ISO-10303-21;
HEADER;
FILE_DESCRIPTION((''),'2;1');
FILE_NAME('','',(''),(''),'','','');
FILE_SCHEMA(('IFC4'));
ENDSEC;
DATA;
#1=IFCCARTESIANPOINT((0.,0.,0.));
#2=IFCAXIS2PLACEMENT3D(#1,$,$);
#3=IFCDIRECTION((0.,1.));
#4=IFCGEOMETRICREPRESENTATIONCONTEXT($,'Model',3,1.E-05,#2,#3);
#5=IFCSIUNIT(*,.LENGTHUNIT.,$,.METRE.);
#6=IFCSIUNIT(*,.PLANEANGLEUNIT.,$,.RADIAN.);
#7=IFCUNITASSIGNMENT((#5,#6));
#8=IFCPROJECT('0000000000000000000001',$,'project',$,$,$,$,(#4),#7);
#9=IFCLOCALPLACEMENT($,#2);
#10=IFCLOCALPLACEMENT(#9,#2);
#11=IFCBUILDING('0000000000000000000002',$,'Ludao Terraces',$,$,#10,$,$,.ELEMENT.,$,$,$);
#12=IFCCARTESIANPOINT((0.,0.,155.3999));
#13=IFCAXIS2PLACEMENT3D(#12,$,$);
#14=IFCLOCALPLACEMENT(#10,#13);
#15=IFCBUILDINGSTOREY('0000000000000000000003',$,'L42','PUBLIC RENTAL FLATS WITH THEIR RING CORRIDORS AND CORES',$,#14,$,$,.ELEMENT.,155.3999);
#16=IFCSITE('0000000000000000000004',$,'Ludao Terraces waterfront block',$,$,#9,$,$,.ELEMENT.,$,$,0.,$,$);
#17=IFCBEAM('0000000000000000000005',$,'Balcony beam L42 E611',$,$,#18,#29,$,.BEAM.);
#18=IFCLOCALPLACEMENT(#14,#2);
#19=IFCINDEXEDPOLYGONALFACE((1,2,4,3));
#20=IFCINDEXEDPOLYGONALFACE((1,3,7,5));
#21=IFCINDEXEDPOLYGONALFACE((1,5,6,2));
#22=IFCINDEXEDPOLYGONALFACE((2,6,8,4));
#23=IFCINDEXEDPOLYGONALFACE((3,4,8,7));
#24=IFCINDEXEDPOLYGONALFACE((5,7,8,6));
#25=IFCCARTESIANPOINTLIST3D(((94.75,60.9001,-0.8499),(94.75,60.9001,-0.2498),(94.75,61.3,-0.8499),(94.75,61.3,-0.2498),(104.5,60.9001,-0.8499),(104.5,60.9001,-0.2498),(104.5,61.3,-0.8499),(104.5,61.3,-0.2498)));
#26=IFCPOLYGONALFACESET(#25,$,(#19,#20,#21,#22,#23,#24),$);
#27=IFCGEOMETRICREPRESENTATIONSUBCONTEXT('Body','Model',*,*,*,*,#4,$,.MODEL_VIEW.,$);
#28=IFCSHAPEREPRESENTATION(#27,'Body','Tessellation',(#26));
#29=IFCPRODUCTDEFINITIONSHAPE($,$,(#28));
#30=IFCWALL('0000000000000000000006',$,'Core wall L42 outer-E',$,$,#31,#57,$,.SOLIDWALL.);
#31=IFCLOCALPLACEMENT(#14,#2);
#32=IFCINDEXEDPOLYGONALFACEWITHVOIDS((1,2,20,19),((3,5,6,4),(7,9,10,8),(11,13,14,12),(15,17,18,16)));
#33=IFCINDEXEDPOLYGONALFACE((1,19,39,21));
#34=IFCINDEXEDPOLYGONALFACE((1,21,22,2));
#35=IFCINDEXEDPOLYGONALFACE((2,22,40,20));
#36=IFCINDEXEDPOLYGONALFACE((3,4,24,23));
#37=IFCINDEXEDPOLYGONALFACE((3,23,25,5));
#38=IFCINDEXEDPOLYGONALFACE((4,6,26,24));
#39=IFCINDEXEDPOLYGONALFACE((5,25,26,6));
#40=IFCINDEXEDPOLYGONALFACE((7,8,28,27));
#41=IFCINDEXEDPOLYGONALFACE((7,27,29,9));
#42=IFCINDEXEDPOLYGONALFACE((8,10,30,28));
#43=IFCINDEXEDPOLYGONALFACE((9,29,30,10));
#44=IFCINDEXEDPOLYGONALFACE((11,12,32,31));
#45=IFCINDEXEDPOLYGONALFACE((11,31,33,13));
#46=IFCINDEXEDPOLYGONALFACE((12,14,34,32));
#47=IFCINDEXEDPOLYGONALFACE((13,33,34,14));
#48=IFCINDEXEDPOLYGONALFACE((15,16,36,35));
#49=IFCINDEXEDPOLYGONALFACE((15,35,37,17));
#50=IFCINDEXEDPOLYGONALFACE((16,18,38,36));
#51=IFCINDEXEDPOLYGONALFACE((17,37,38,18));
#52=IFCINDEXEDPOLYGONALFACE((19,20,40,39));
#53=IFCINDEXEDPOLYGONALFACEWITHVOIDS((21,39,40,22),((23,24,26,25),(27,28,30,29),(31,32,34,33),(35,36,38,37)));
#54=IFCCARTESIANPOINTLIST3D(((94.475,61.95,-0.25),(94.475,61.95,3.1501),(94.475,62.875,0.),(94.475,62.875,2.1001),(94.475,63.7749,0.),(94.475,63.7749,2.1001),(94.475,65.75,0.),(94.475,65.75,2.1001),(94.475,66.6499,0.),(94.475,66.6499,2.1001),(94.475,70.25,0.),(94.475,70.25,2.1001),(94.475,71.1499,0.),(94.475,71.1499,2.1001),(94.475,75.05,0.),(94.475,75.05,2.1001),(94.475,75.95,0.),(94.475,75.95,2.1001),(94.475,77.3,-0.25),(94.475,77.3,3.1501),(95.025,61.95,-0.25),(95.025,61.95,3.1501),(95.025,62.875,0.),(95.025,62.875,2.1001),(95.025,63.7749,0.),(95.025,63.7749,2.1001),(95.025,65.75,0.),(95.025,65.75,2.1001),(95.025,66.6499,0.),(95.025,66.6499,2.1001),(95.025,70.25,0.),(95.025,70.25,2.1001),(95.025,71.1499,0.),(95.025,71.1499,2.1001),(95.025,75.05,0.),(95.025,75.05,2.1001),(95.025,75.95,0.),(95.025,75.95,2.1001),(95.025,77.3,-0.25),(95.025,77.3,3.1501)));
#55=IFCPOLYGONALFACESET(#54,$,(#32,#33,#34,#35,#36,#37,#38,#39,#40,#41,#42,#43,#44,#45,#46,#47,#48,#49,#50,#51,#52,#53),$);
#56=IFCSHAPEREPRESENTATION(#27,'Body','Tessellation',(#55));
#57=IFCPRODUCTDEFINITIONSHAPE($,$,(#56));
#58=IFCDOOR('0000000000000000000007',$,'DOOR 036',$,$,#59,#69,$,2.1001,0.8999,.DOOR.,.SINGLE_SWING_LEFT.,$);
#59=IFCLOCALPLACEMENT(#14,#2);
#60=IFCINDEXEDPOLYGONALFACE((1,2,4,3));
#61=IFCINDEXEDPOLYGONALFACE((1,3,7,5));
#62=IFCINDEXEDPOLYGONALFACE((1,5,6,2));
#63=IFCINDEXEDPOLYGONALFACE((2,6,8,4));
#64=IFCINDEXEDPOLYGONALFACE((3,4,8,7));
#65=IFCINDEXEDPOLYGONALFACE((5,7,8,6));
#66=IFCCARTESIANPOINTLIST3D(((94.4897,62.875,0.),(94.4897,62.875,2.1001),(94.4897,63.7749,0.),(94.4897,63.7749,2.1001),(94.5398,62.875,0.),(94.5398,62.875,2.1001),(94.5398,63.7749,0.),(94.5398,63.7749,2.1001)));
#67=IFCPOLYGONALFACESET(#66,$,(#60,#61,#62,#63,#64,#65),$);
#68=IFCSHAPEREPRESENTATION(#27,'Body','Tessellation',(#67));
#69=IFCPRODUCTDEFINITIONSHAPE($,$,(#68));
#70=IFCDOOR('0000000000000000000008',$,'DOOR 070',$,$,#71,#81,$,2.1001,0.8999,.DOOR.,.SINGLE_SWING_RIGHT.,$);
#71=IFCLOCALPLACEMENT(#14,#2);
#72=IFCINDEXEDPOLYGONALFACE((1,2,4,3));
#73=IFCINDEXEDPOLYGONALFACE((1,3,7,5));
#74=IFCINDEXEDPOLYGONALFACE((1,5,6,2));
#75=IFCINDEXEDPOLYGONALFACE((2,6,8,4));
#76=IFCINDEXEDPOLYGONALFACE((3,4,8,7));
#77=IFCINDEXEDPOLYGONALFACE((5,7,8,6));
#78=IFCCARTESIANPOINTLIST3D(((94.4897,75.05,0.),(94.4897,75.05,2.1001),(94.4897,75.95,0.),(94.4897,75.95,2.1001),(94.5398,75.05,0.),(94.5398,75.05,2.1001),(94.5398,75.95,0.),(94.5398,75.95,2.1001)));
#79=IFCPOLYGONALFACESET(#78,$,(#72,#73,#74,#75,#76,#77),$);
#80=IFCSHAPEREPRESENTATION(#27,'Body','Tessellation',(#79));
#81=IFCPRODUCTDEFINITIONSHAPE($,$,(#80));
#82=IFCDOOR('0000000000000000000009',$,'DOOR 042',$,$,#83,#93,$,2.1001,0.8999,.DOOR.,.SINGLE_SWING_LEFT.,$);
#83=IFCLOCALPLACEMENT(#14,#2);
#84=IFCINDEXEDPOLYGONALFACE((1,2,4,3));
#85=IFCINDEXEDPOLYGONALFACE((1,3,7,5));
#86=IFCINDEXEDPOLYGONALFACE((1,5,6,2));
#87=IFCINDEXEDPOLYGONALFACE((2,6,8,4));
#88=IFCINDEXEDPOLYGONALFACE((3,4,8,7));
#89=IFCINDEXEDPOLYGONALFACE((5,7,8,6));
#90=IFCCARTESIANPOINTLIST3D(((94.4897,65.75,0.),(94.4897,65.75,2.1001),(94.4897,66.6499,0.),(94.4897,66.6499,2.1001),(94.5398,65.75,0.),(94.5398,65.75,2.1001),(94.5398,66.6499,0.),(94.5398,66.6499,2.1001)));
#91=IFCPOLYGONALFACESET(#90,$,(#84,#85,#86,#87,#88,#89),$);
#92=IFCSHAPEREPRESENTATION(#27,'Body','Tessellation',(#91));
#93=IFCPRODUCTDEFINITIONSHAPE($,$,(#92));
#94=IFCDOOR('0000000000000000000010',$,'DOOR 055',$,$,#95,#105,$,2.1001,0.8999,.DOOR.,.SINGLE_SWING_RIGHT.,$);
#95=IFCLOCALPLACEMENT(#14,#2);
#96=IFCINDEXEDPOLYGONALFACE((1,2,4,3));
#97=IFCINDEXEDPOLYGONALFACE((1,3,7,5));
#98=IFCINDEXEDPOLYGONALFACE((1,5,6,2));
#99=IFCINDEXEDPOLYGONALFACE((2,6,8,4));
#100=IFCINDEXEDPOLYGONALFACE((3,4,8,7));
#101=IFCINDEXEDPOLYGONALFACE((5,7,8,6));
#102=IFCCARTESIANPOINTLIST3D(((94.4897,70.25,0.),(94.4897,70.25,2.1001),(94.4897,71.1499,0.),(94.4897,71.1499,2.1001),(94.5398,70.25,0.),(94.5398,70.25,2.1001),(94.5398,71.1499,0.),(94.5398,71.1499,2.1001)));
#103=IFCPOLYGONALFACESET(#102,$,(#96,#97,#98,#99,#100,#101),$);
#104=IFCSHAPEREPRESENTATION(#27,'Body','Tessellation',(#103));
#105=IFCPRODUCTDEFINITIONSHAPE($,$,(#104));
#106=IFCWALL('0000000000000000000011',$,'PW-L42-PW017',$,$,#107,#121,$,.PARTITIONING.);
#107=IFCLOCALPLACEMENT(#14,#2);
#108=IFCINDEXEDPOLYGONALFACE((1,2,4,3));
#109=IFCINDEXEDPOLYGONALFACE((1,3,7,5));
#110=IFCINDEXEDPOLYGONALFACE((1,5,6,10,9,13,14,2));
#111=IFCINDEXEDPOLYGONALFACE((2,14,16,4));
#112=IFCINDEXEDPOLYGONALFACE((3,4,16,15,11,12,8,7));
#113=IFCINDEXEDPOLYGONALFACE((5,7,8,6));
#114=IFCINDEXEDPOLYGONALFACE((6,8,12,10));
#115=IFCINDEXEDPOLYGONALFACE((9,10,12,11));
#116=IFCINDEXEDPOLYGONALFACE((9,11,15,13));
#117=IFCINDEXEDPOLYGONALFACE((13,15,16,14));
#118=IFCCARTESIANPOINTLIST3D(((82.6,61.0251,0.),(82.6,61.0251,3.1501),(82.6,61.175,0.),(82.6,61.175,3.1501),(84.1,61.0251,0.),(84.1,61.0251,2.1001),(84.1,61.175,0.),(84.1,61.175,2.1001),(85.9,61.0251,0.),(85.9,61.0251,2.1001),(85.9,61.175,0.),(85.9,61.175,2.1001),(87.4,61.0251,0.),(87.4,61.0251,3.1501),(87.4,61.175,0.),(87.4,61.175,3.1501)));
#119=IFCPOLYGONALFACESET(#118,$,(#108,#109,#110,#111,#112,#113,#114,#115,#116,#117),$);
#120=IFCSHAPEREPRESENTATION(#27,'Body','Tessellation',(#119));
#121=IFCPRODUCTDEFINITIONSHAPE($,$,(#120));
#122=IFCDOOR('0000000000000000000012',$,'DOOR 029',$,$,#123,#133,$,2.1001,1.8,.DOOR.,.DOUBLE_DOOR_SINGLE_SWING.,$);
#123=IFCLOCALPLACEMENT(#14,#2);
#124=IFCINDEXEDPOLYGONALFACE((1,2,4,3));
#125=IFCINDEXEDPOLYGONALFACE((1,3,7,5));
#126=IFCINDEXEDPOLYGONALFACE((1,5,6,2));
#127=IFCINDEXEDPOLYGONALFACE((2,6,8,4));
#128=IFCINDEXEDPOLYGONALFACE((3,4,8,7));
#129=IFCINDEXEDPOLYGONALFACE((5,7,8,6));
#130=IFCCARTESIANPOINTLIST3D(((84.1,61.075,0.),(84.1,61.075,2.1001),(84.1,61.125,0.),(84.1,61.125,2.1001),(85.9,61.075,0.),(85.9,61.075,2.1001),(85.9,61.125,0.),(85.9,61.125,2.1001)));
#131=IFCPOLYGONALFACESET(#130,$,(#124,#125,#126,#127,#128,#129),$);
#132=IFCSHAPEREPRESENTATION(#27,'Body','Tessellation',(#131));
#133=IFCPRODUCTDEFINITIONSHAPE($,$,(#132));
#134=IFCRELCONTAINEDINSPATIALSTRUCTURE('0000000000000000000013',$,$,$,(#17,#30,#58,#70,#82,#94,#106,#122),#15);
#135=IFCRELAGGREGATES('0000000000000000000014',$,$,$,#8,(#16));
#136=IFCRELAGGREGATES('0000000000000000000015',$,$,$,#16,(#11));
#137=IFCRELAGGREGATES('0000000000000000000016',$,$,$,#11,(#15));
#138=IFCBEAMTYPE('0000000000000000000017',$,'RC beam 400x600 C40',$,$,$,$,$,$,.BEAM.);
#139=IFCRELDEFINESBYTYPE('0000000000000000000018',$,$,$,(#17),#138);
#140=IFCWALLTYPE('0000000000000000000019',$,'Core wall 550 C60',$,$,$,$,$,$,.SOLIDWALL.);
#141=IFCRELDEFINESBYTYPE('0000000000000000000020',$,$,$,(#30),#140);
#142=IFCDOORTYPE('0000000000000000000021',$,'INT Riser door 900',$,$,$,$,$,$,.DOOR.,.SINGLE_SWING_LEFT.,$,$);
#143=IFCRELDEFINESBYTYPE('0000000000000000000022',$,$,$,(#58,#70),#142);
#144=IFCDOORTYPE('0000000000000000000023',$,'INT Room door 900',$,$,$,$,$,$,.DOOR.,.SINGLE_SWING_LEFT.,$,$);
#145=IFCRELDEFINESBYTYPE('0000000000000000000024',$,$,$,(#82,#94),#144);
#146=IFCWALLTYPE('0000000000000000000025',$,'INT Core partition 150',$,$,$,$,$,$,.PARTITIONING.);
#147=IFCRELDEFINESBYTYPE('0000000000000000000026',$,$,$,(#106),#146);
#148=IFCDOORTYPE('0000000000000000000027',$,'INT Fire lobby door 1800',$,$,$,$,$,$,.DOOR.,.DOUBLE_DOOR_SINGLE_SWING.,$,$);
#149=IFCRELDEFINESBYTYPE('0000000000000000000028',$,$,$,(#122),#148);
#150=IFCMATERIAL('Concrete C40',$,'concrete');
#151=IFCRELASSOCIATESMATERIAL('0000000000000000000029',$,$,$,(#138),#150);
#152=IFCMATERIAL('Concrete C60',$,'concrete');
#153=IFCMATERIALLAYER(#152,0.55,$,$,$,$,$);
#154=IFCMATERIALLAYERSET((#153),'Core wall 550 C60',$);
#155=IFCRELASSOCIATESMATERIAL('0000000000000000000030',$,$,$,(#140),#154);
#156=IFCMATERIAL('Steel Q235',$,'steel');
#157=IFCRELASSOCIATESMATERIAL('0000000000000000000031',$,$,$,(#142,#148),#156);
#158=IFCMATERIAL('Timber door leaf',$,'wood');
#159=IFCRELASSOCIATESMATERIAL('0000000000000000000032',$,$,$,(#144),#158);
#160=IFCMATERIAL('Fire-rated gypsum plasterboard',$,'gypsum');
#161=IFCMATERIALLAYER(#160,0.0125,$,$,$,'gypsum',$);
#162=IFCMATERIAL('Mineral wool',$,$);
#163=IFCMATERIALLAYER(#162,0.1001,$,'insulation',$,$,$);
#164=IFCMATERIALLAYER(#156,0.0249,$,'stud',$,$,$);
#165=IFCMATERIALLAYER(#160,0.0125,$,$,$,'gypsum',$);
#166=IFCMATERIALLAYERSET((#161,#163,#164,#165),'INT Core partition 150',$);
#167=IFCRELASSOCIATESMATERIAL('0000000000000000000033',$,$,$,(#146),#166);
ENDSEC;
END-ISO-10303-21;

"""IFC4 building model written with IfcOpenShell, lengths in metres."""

from ifc_helpers import new_model, si_unit, direction, frame, frame_2d, origin, origin_2d, place, context, subcontext, project, spatial, rectangle, extrude, material, layer, layer_set, material_profile, profile_set, type_object, element, fill, save


model = new_model("IFC4")

# Units and contexts
model_context = context("Model", 3, precision=1e-05, world=origin(), true_north=direction((0.0, 1.0)))
body_context = subcontext(model_context, "Body", "Model", "MODEL_VIEW")
ifc_project = project(units=[si_unit("LENGTHUNIT", "METRE"), si_unit("PLANEANGLEUNIT", "RADIAN")], contexts=[model_context])

# Site, building, storey
site_placement = place(None, origin())
site = spatial("IfcSite", under=ifc_project, at=site_placement, Name="Ludao Terraces waterfront block", CompositionType="ELEMENT", RefElevation=0.0)
building_placement = place(site_placement, origin())
building = spatial("IfcBuilding", under=site, at=building_placement, Name="Ludao Terraces", CompositionType="ELEMENT")
storey_placement = place(building_placement, frame((0.0, 0.0, 155.3999)))
storey = spatial("IfcBuildingStorey", under=building, at=storey_placement, Name="L42", Description="PUBLIC RENTAL FLATS WITH THEIR RING CORRIDORS AND CORES", CompositionType="ELEMENT", Elevation=155.3999)

# Beam
ifc_material_1 = material(Name="Concrete C40", Category="concrete")
ifc_material_profile = material_profile(ifc_material_1, rectangle(XDim=0.3999, YDim=0.6001, at=origin_2d()), Name="400 X 600")
ifc_profile_set = profile_set([ifc_material_profile], Name="Concrete C40")
beam_type = type_object("IfcBeamType", Name="RC beam 400x600 C40", PredefinedType="BEAM", material=ifc_profile_set)
beam_placement = place(storey_placement, frame((94.75, 61.1001, -0.5498), z_axis=(1.0, 0.0, 0.0), x_axis=(0.0, 1.0, 0.0)))
element("IfcBeam", 1, at=beam_placement, inside=storey, type_object=beam_type, Name="Balcony beam L42 E611", PredefinedType="BEAM", context=body_context, shape_type="SweptSolid", body=[
    extrude(rectangle(XDim=0.3999, YDim=0.6001, at=origin_2d()), origin(), (0.0, 0.0, 1.0), 9.75),
])

# Wall, openings, doors
ifc_material_2 = material(Name="Concrete C60", Category="concrete")
ifc_layer_1 = layer(ifc_material_2, 0.55)
ifc_layer_set_1 = layer_set([ifc_layer_1], Name="Core wall 550 C60")
wall_type_1 = type_object("IfcWallType", Name="Core wall 550 C60", PredefinedType="SOLIDWALL", material=ifc_layer_set_1)
wall_1_placement = place(storey_placement, frame((94.75, 61.95, -0.25), z_axis=(0.0, 0.0, 1.0), x_axis=(0.0, 1.0, 0.0)))
wall_1 = element("IfcWall", 2, at=wall_1_placement, inside=storey, type_object=wall_type_1, Name="Core wall L42 outer-E", PredefinedType="SOLIDWALL", context=body_context, shape_type="SweptSolid", body=[
    extrude(rectangle(XDim=15.3501, YDim=0.55, at=frame_2d((7.675, 0.0))), origin(), (0.0, 0.0, 1.0), 3.4001),
])
opening_1_placement = place(wall_1_placement, frame((0.925, 0.0, 0.25)))
opening_1 = element("IfcOpeningElement", 3, at=opening_1_placement, cuts=wall_1, PredefinedType="OPENING", context=body_context, shape_type="SweptSolid", body=[
    extrude(rectangle(XDim=0.8999, YDim=2.1001, at=frame_2d((0.45, 1.05))), frame((0.0, 0.2852, 0.0), z_axis=(0.0, -1.0, 0.0), x_axis=(1.0, 0.0, 0.0)), (0.0, 0.0, 1.0), 0.5701),
])
opening_2_placement = place(wall_1_placement, frame((3.8, 0.0, 0.25)))
opening_2 = element("IfcOpeningElement", 4, at=opening_2_placement, cuts=wall_1, PredefinedType="OPENING", context=body_context, shape_type="SweptSolid", body=[
    extrude(rectangle(XDim=0.8999, YDim=2.1001, at=frame_2d((0.45, 1.05))), frame((0.0, 0.2852, 0.0), z_axis=(0.0, -1.0, 0.0), x_axis=(1.0, 0.0, 0.0)), (0.0, 0.0, 1.0), 0.5701),
])
opening_3_placement = place(wall_1_placement, frame((8.3, 0.0, 0.25)))
opening_3 = element("IfcOpeningElement", 5, at=opening_3_placement, cuts=wall_1, PredefinedType="OPENING", context=body_context, shape_type="SweptSolid", body=[
    extrude(rectangle(XDim=0.8999, YDim=2.1001, at=frame_2d((0.45, 1.05))), frame((0.0, 0.2852, 0.0), z_axis=(0.0, -1.0, 0.0), x_axis=(1.0, 0.0, 0.0)), (0.0, 0.0, 1.0), 0.5701),
])
opening_4_placement = place(wall_1_placement, frame((13.1001, 0.0, 0.25)))
opening_4 = element("IfcOpeningElement", 6, at=opening_4_placement, cuts=wall_1, PredefinedType="OPENING", context=body_context, shape_type="SweptSolid", body=[
    extrude(rectangle(XDim=0.8999, YDim=2.1001, at=frame_2d((0.45, 1.05))), frame((0.0, 0.2852, 0.0), z_axis=(0.0, -1.0, 0.0), x_axis=(1.0, 0.0, 0.0)), (0.0, 0.0, 1.0), 0.5701),
])
ifc_material_3 = material(Name="Steel Q235", Category="steel")
door_type_1 = type_object("IfcDoorType", Name="INT Riser door 900", OperationType="SINGLE_SWING_LEFT", PredefinedType="DOOR", material=ifc_material_3)
door_1_placement = place(opening_1_placement, origin())
door_1 = element("IfcDoor", 7, at=door_1_placement, inside=storey, type_object=door_type_1, Name="DOOR 036", OperationType="SINGLE_SWING_LEFT", OverallHeight=2.1001, OverallWidth=0.8999, PredefinedType="DOOR", context=body_context, shape_type="SweptSolid", body=[
    extrude(rectangle(XDim=0.8999, YDim=2.1001, at=frame_2d((0.45, 1.05))), frame((0.0, 0.2603, 0.0), z_axis=(0.0, -1.0, 0.0), x_axis=(1.0, 0.0, 0.0)), (0.0, 0.0, 1.0), 0.05),
])
fill(opening_1, door_1)
door_2_placement = place(opening_4_placement, origin())
door_2 = element("IfcDoor", 8, at=door_2_placement, inside=storey, type_object=door_type_1, Name="DOOR 070", OperationType="SINGLE_SWING_RIGHT", OverallHeight=2.1001, OverallWidth=0.8999, PredefinedType="DOOR", context=body_context, shape_type="SweptSolid", body=[
    extrude(rectangle(XDim=0.8999, YDim=2.1001, at=frame_2d((0.45, 1.05))), frame((0.0, 0.2603, 0.0), z_axis=(0.0, -1.0, 0.0), x_axis=(1.0, 0.0, 0.0)), (0.0, 0.0, 1.0), 0.05),
])
fill(opening_4, door_2)
ifc_material_4 = material(Name="Timber door leaf", Category="wood")
door_type_2 = type_object("IfcDoorType", Name="INT Room door 900", OperationType="SINGLE_SWING_LEFT", PredefinedType="DOOR", material=ifc_material_4)
door_3_placement = place(opening_2_placement, origin())
door_3 = element("IfcDoor", 9, at=door_3_placement, inside=storey, type_object=door_type_2, Name="DOOR 042", OperationType="SINGLE_SWING_LEFT", OverallHeight=2.1001, OverallWidth=0.8999, PredefinedType="DOOR", context=body_context, shape_type="SweptSolid", body=[
    extrude(rectangle(XDim=0.8999, YDim=2.1001, at=frame_2d((0.45, 1.05))), frame((0.0, 0.2603, 0.0), z_axis=(0.0, -1.0, 0.0), x_axis=(1.0, 0.0, 0.0)), (0.0, 0.0, 1.0), 0.05),
])
fill(opening_2, door_3)
door_4_placement = place(opening_3_placement, origin())
door_4 = element("IfcDoor", 10, at=door_4_placement, inside=storey, type_object=door_type_2, Name="DOOR 055", OperationType="SINGLE_SWING_RIGHT", OverallHeight=2.1001, OverallWidth=0.8999, PredefinedType="DOOR", context=body_context, shape_type="SweptSolid", body=[
    extrude(rectangle(XDim=0.8999, YDim=2.1001, at=frame_2d((0.45, 1.05))), frame((0.0, 0.2603, 0.0), z_axis=(0.0, -1.0, 0.0), x_axis=(1.0, 0.0, 0.0)), (0.0, 0.0, 1.0), 0.05),
])
fill(opening_3, door_4)

# Wall, opening, door
ifc_material_5 = material(Name="Fire-rated gypsum plasterboard", Category="gypsum")
ifc_layer_2 = layer(ifc_material_5, 0.0125, Category="gypsum")
ifc_material_6 = material(Name="Mineral wool")
ifc_layer_3 = layer(ifc_material_6, 0.1001, Name="insulation")
ifc_layer_4 = layer(ifc_material_3, 0.0249, Name="stud")
ifc_layer_5 = layer(ifc_material_5, 0.0125, Category="gypsum")
ifc_layer_set_2 = layer_set([ifc_layer_2, ifc_layer_3, ifc_layer_4, ifc_layer_5], Name="INT Core partition 150")
wall_type_2 = type_object("IfcWallType", Name="INT Core partition 150", PredefinedType="PARTITIONING", material=ifc_layer_set_2)
wall_2_placement = place(storey_placement, frame((82.6001, 61.1001, 0.0), z_axis=(0.0, 0.0, 1.0), x_axis=(1.0, 0.0, 0.0)))
wall_2 = element("IfcWall", 11, at=wall_2_placement, inside=storey, type_object=wall_type_2, Name="PW-L42-PW017", PredefinedType="PARTITIONING", context=body_context, shape_type="SweptSolid", body=[
    extrude(rectangle(XDim=4.8, YDim=0.1499, at=frame_2d((2.3999, 0.0))), origin(), (0.0, 0.0, 1.0), 3.1501),
])
opening_5_placement = place(wall_2_placement, frame((1.5, 0.0, 0.0)))
opening_5 = element("IfcOpeningElement", 12, at=opening_5_placement, cuts=wall_2, PredefinedType="OPENING", context=body_context, shape_type="SweptSolid", body=[
    extrude(rectangle(XDim=1.8, YDim=2.1001, at=frame_2d((0.8999, 1.05))), frame((0.0, 0.085, 0.0), z_axis=(0.0, -1.0, 0.0), x_axis=(1.0, 0.0, 0.0)), (0.0, 0.0, 1.0), 0.1699),
])
door_type_3 = type_object("IfcDoorType", Name="INT Fire lobby door 1800", OperationType="DOUBLE_DOOR_SINGLE_SWING", PredefinedType="DOOR", material=ifc_material_3)
door_5_placement = place(opening_5_placement, origin())
door_5 = element("IfcDoor", 13, at=door_5_placement, inside=storey, type_object=door_type_3, Name="DOOR 029", OperationType="DOUBLE_DOOR_SINGLE_SWING", OverallHeight=2.1001, OverallWidth=1.8, PredefinedType="DOOR", context=body_context, shape_type="SweptSolid", body=[
    extrude(rectangle(XDim=1.8, YDim=2.1001, at=frame_2d((0.8999, 1.05))), frame((0.0, 0.0249, 0.0), z_axis=(0.0, -1.0, 0.0), x_axis=(1.0, 0.0, 0.0)), (0.0, 0.0, 1.0), 0.05),
])
fill(opening_5, door_5)

save(model, "model.ifc")
